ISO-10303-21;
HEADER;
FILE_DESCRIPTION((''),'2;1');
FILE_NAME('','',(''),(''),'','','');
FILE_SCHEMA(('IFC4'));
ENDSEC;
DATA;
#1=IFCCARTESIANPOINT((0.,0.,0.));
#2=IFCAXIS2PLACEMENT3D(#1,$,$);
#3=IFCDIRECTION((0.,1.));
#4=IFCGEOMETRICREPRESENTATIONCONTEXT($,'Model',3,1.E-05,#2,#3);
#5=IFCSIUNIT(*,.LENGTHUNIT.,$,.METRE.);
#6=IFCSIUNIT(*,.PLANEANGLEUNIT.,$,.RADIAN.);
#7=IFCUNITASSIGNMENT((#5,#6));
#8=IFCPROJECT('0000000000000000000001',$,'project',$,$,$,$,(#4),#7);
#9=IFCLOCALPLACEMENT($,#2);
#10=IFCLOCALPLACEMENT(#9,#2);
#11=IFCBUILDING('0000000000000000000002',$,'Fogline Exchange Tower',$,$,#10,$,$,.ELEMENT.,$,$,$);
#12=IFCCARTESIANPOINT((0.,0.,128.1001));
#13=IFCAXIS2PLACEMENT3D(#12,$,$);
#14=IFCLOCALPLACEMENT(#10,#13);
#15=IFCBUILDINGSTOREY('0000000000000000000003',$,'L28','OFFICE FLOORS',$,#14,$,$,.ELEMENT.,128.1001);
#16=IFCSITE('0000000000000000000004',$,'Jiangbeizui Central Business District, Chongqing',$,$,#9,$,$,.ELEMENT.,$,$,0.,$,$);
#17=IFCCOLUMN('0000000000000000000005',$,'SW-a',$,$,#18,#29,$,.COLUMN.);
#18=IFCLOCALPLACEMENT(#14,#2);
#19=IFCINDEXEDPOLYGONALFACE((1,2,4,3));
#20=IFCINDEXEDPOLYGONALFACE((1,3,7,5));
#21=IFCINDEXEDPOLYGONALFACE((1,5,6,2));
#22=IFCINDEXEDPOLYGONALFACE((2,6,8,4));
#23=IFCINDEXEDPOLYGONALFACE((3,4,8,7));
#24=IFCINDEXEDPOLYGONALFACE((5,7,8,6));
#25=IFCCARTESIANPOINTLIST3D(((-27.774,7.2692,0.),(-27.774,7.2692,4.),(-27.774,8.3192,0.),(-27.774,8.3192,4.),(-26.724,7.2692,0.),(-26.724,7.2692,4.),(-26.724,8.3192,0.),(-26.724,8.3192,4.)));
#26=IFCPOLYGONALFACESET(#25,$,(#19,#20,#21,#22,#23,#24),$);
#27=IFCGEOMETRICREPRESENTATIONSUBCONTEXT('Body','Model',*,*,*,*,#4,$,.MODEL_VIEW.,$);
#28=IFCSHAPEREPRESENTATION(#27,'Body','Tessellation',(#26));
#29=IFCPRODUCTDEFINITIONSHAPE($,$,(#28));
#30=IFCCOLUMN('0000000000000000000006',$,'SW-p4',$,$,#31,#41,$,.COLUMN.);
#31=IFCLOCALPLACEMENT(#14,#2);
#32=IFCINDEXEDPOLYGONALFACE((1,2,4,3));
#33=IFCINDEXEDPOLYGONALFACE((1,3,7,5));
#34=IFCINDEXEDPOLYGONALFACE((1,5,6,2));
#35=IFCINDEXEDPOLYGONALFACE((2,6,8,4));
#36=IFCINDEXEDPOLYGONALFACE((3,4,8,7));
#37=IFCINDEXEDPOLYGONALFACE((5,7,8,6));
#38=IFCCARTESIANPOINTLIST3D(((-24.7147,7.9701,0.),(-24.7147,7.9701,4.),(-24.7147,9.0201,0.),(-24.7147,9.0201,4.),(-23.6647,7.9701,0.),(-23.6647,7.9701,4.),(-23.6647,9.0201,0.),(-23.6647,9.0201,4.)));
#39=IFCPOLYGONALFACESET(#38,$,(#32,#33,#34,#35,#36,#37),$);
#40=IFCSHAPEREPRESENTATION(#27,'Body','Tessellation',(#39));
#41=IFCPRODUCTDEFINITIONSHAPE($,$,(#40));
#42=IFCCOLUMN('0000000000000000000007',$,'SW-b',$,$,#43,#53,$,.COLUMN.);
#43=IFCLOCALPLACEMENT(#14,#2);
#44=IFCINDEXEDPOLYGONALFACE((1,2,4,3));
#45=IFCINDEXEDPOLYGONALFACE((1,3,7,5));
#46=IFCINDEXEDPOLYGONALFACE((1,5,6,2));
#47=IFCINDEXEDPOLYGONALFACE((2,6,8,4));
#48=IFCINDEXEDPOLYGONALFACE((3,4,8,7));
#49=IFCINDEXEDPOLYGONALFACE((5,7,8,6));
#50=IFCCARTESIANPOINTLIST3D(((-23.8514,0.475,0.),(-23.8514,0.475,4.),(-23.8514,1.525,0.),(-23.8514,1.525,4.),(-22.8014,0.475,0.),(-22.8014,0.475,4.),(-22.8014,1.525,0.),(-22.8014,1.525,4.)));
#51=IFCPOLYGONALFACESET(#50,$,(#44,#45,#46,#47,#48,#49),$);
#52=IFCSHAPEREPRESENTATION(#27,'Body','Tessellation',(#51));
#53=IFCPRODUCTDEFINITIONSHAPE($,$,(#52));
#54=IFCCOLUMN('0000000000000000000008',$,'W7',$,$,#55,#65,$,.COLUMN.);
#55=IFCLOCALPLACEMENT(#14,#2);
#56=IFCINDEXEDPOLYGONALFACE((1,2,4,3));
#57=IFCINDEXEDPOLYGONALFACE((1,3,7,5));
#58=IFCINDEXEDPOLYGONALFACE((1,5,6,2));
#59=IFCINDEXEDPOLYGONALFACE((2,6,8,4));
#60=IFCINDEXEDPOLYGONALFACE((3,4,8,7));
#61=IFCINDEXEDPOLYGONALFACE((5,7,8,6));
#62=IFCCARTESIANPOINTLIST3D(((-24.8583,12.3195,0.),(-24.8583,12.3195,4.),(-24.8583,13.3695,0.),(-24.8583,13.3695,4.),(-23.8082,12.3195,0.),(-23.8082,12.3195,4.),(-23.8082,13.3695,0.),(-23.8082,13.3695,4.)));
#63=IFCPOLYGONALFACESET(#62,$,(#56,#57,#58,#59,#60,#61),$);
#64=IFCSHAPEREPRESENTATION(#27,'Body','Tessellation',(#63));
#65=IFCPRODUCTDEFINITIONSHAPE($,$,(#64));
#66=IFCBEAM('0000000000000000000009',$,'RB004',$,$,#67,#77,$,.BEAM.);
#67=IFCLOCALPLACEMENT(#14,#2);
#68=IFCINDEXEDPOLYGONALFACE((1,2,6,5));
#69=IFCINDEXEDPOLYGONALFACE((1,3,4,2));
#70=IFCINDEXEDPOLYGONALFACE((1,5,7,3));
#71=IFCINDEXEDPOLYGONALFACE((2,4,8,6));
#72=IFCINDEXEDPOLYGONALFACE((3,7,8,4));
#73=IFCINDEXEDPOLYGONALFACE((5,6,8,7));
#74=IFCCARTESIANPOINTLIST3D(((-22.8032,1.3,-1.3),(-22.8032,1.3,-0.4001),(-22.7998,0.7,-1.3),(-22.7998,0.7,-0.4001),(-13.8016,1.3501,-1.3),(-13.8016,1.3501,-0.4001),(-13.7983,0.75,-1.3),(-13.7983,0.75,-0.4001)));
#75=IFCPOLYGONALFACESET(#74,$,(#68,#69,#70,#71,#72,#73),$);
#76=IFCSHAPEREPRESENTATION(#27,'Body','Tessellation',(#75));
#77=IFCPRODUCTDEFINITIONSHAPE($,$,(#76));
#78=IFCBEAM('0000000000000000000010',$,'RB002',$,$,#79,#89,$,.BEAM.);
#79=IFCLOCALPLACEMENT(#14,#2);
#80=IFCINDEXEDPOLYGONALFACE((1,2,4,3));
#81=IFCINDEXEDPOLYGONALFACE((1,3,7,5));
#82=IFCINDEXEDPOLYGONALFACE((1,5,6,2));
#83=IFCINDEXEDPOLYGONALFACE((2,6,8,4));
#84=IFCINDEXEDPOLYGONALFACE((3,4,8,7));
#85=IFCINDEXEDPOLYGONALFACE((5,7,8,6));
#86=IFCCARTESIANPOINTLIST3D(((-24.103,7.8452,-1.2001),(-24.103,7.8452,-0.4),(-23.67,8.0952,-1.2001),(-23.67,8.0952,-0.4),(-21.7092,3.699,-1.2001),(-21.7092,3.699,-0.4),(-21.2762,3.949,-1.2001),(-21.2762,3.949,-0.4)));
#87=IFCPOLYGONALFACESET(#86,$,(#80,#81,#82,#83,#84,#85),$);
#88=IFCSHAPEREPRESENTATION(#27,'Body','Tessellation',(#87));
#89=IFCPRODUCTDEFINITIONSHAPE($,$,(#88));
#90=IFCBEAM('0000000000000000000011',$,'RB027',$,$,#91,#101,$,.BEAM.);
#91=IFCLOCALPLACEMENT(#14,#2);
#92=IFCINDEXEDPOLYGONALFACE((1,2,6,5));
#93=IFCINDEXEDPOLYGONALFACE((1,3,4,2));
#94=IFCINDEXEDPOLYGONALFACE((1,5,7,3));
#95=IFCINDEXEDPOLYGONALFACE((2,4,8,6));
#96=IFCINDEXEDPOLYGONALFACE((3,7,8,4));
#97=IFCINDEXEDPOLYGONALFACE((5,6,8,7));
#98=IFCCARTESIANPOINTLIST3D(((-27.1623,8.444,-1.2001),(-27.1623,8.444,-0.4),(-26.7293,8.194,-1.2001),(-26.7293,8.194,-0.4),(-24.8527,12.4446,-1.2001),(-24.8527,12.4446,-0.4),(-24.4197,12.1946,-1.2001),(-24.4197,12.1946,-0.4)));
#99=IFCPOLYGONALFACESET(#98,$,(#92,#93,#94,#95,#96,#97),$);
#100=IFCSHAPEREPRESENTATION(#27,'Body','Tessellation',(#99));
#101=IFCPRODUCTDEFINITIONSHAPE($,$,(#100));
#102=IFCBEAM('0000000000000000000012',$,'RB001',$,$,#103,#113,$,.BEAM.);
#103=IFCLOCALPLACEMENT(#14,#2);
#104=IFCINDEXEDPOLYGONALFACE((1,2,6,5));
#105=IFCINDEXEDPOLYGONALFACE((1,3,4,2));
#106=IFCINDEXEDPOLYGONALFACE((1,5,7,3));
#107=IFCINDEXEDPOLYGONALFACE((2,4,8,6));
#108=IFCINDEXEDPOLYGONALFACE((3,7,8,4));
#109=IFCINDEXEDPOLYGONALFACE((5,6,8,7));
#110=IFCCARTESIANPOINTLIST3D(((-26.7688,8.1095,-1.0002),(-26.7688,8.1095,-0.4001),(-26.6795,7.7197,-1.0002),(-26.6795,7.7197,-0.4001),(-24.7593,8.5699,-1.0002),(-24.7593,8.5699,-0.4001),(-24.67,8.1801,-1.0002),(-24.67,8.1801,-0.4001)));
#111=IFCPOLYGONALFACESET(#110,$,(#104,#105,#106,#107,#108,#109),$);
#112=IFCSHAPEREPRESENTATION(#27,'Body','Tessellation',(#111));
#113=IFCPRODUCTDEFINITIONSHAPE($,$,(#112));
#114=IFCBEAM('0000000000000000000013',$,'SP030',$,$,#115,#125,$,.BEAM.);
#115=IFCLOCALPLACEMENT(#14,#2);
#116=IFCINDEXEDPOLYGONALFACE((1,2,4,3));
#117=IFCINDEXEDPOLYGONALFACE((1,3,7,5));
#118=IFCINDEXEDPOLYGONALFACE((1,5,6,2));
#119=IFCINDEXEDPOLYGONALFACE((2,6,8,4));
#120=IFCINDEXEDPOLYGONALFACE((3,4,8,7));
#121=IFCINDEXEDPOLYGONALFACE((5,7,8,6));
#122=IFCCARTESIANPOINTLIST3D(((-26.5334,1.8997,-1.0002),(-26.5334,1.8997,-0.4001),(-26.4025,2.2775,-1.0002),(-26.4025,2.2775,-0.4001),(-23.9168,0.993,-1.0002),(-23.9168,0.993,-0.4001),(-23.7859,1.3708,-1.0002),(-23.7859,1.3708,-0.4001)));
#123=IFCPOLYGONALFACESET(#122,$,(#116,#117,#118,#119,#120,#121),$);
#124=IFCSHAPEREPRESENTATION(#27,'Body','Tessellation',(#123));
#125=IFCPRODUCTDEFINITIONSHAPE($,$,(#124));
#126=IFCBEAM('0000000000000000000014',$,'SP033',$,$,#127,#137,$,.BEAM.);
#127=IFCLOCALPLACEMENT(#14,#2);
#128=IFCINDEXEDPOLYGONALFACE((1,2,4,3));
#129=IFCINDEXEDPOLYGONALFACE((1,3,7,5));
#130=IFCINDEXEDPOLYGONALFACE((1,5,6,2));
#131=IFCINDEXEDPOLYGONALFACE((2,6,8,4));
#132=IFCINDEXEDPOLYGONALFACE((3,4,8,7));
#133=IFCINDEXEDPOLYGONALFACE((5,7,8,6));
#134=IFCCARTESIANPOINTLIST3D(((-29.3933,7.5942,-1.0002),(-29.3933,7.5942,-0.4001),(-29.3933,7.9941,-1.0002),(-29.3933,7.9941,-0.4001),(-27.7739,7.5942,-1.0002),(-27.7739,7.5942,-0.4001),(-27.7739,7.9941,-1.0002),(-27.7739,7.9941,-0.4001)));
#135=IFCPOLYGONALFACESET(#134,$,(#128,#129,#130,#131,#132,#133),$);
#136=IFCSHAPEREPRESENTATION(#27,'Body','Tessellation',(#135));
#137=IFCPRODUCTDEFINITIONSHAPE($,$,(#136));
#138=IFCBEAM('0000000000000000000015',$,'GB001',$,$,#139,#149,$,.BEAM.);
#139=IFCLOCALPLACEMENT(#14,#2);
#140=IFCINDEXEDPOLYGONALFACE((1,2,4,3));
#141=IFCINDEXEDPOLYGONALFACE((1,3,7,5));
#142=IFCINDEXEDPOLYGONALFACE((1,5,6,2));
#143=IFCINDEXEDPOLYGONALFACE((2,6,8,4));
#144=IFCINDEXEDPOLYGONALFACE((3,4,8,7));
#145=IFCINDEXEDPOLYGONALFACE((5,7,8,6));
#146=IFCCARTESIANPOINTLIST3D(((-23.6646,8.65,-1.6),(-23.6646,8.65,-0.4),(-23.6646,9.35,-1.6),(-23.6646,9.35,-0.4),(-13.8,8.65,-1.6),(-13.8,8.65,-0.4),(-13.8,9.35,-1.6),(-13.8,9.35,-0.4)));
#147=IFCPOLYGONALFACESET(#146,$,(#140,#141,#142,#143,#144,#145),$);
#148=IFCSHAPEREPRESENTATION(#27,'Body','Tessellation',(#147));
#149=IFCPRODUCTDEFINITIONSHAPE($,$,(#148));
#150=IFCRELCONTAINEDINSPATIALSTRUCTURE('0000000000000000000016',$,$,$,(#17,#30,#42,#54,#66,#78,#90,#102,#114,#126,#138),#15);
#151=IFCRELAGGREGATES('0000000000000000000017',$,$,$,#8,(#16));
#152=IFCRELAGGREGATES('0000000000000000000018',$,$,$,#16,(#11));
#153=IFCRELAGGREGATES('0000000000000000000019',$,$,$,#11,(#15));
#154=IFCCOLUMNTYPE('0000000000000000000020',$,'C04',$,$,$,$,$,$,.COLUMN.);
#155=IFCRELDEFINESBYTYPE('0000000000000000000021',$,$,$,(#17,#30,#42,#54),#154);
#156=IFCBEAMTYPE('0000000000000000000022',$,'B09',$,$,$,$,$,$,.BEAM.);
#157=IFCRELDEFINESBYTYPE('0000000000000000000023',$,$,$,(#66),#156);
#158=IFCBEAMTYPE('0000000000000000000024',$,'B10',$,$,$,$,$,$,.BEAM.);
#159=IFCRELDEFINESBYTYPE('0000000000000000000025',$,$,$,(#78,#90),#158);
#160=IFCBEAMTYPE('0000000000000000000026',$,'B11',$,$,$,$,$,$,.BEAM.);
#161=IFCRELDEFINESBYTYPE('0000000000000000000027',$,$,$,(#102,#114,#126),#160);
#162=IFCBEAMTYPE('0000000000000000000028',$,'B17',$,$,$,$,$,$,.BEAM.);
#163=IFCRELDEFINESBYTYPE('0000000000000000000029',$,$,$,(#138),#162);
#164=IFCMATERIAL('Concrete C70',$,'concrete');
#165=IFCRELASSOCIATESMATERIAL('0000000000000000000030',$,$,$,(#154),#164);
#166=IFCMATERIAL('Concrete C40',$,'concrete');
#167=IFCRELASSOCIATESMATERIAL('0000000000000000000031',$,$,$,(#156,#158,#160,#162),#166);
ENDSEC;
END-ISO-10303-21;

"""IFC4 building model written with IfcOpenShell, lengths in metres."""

from ifc_helpers import new_model, si_unit, direction, frame, origin, origin_2d, place, context, subcontext, project, spatial, rectangle, extrude, material, material_profile, profile_set, type_object, element, save


model = new_model("IFC4")

# Units and contexts
model_context = context("Model", 3, precision=1e-05, world=origin(), true_north=direction((0.0, 1.0)))
body_context = subcontext(model_context, "Body", "Model", "MODEL_VIEW")
ifc_project = project(units=[si_unit("LENGTHUNIT", "METRE"), si_unit("PLANEANGLEUNIT", "RADIAN")], contexts=[model_context])

# Site, building, storey
site_placement = place(None, origin())
site = spatial("IfcSite", under=ifc_project, at=site_placement, Name="Jiangbeizui Central Business District, Chongqing", CompositionType="ELEMENT", RefElevation=0.0)
building_placement = place(site_placement, origin())
building = spatial("IfcBuilding", under=site, at=building_placement, Name="Fogline Exchange Tower", CompositionType="ELEMENT")
storey_placement = place(building_placement, frame((0.0, 0.0, 128.1001)))
storey = spatial("IfcBuildingStorey", under=building, at=storey_placement, Name="L28", Description="OFFICE FLOORS", CompositionType="ELEMENT", Elevation=128.1001)

# Columns
ifc_material_1 = material(Name="Concrete C70", Category="concrete")
ifc_material_profile_1 = material_profile(ifc_material_1, rectangle(XDim=1.05, YDim=1.05, at=origin_2d()), Name="RC 1050x1050")
ifc_profile_set_1 = profile_set([ifc_material_profile_1], Name="Concrete C70")
column_type = type_object("IfcColumnType", Name="C04", PredefinedType="COLUMN", material=ifc_profile_set_1)
for number, where, z_axis, x_axis, name in (
    (1, (-27.249, 7.7942, 0.0), (0.0, 0.0, 1.0), (1.0, 0.0, 0.0), "SW-a"),
    (2, (-24.1897, 8.4951, 0.0), (0.0, 0.0, 1.0), (1.0, 0.0, 0.0), "SW-p4"),
    (3, (-23.3264, 1.0, 0.0), (0.0, 0.0, 1.0), (1.0, 0.0, 0.0), "SW-b"),
    (4, (-24.3333, 12.8445, 0.0), (0.0, 0.0, 1.0), (1.0, 0.0, 0.0), "W7"),
):
    element("IfcColumn", number, at=place(storey_placement, frame(where, z_axis=z_axis, x_axis=x_axis)), inside=storey, type_object=column_type, Name=name, PredefinedType="COLUMN", context=body_context, shape_type="SweptSolid", body=[
        extrude(rectangle(XDim=1.05, YDim=1.05, at=origin_2d()), origin(), (0.0, 0.0, 1.0), 4.0),
    ])

# Beams
ifc_material_2 = material(Name="Concrete C40", Category="concrete")
ifc_material_profile_2 = material_profile(ifc_material_2, rectangle(XDim=0.6001, YDim=0.8999, at=origin_2d()), Name="RC 600x900")
ifc_profile_set_2 = profile_set([ifc_material_profile_2], Name="Concrete C40")
beam_type_1 = type_object("IfcBeamType", Name="B09", PredefinedType="BEAM", material=ifc_profile_set_2)
beam_1_placement = place(storey_placement, frame((-22.8015, 1.0, -0.8501), z_axis=(0.999985, 0.00556, 0.0), x_axis=(-0.00556, 0.999985, 0.0)))
element("IfcBeam", 5, at=beam_1_placement, inside=storey, type_object=beam_type_1, Name="RB004", PredefinedType="BEAM", context=body_context, shape_type="SweptSolid", body=[
    extrude(rectangle(XDim=0.6001, YDim=0.8999, at=origin_2d()), origin(), (0.0, 0.0, 1.0), 9.0017),
])
ifc_material_profile_3 = material_profile(ifc_material_2, rectangle(XDim=0.5, YDim=0.8, at=origin_2d()), Name="RC 500x800")
ifc_profile_set_3 = profile_set([ifc_material_profile_3], Name="Concrete C40")
beam_type_2 = type_object("IfcBeamType", Name="B10", PredefinedType="BEAM", material=ifc_profile_set_3)
beam_2_placement = place(storey_placement, frame((-23.8865, 7.9702, -0.8), z_axis=(0.499995, -0.866028, 0.0), x_axis=(0.866028, 0.499995, 0.0)))
element("IfcBeam", 6, at=beam_2_placement, inside=storey, type_object=beam_type_2, Name="RB002", PredefinedType="BEAM", context=body_context, shape_type="SweptSolid", body=[
    extrude(rectangle(XDim=0.5, YDim=0.8, at=origin_2d()), origin(), (0.0, 0.0, 1.0), 4.7876),
])
beam_3_placement = place(storey_placement, frame((-24.6362, 12.3196, -0.8), z_axis=(-0.499982, -0.866036, 0.0), x_axis=(0.866036, -0.499982, 0.0)))
element("IfcBeam", 7, at=beam_3_placement, inside=storey, type_object=beam_type_2, Name="RB027", PredefinedType="BEAM", context=body_context, shape_type="SweptSolid", body=[
    extrude(rectangle(XDim=0.5, YDim=0.8, at=origin_2d()), origin(), (0.0, 0.0, 1.0), 4.6194),
])
ifc_material_profile_4 = material_profile(ifc_material_2, rectangle(XDim=0.3999, YDim=0.6001, at=origin_2d()), Name="RC 400x600")
ifc_profile_set_4 = profile_set([ifc_material_profile_4], Name="Concrete C40")
beam_type_3 = type_object("IfcBeamType", Name="B11", PredefinedType="BEAM", material=ifc_profile_set_4)
beam_4_placement = place(storey_placement, frame((-26.7241, 7.9146, -0.7002), z_axis=(0.974739, 0.223346, 0.0), x_axis=(-0.223346, 0.974739, 0.0)))
element("IfcBeam", 8, at=beam_4_placement, inside=storey, type_object=beam_type_3, Name="RB001", PredefinedType="BEAM", context=body_context, shape_type="SweptSolid", body=[
    extrude(rectangle(XDim=0.3999, YDim=0.6001, at=origin_2d()), origin(), (0.0, 0.0, 1.0), 2.0615),
])
beam_5_placement = place(storey_placement, frame((-23.8513, 1.1819, -0.7002), z_axis=(-0.944879, 0.327419, 0.0), x_axis=(-0.327419, -0.944879, 0.0)))
element("IfcBeam", 9, at=beam_5_placement, inside=storey, type_object=beam_type_3, Name="SP030", PredefinedType="BEAM", context=body_context, shape_type="SweptSolid", body=[
    extrude(rectangle(XDim=0.3999, YDim=0.6001, at=origin_2d()), origin(), (0.0, 0.0, 1.0), 2.7693),
])
beam_6_placement = place(storey_placement, frame((-27.7739, 7.7942, -0.7002), z_axis=(-1.0, 0.0, 0.0), x_axis=(0.0, -1.0, 0.0)))
element("IfcBeam", 10, at=beam_6_placement, inside=storey, type_object=beam_type_3, Name="SP033", PredefinedType="BEAM", context=body_context, shape_type="SweptSolid", body=[
    extrude(rectangle(XDim=0.3999, YDim=0.6001, at=origin_2d()), origin(), (0.0, 0.0, 1.0), 1.6194),
])
ifc_material_profile_5 = material_profile(ifc_material_2, rectangle(XDim=0.7, YDim=1.2, at=origin_2d()), Name="RC 700x1200")
ifc_profile_set_5 = profile_set([ifc_material_profile_5], Name="Concrete C40")
beam_type_4 = type_object("IfcBeamType", Name="B17", PredefinedType="BEAM", material=ifc_profile_set_5)
beam_7_placement = place(storey_placement, frame((-23.6646, 9.0, -1.0), z_axis=(1.0, 0.0, 0.0), x_axis=(0.0, 1.0, 0.0)))
element("IfcBeam", 11, at=beam_7_placement, inside=storey, type_object=beam_type_4, Name="GB001", PredefinedType="BEAM", context=body_context, shape_type="SweptSolid", body=[
    extrude(rectangle(XDim=0.7, YDim=1.2, at=origin_2d()), origin(), (0.0, 0.0, 1.0), 9.8645),
])

save(model, "model.ifc")
